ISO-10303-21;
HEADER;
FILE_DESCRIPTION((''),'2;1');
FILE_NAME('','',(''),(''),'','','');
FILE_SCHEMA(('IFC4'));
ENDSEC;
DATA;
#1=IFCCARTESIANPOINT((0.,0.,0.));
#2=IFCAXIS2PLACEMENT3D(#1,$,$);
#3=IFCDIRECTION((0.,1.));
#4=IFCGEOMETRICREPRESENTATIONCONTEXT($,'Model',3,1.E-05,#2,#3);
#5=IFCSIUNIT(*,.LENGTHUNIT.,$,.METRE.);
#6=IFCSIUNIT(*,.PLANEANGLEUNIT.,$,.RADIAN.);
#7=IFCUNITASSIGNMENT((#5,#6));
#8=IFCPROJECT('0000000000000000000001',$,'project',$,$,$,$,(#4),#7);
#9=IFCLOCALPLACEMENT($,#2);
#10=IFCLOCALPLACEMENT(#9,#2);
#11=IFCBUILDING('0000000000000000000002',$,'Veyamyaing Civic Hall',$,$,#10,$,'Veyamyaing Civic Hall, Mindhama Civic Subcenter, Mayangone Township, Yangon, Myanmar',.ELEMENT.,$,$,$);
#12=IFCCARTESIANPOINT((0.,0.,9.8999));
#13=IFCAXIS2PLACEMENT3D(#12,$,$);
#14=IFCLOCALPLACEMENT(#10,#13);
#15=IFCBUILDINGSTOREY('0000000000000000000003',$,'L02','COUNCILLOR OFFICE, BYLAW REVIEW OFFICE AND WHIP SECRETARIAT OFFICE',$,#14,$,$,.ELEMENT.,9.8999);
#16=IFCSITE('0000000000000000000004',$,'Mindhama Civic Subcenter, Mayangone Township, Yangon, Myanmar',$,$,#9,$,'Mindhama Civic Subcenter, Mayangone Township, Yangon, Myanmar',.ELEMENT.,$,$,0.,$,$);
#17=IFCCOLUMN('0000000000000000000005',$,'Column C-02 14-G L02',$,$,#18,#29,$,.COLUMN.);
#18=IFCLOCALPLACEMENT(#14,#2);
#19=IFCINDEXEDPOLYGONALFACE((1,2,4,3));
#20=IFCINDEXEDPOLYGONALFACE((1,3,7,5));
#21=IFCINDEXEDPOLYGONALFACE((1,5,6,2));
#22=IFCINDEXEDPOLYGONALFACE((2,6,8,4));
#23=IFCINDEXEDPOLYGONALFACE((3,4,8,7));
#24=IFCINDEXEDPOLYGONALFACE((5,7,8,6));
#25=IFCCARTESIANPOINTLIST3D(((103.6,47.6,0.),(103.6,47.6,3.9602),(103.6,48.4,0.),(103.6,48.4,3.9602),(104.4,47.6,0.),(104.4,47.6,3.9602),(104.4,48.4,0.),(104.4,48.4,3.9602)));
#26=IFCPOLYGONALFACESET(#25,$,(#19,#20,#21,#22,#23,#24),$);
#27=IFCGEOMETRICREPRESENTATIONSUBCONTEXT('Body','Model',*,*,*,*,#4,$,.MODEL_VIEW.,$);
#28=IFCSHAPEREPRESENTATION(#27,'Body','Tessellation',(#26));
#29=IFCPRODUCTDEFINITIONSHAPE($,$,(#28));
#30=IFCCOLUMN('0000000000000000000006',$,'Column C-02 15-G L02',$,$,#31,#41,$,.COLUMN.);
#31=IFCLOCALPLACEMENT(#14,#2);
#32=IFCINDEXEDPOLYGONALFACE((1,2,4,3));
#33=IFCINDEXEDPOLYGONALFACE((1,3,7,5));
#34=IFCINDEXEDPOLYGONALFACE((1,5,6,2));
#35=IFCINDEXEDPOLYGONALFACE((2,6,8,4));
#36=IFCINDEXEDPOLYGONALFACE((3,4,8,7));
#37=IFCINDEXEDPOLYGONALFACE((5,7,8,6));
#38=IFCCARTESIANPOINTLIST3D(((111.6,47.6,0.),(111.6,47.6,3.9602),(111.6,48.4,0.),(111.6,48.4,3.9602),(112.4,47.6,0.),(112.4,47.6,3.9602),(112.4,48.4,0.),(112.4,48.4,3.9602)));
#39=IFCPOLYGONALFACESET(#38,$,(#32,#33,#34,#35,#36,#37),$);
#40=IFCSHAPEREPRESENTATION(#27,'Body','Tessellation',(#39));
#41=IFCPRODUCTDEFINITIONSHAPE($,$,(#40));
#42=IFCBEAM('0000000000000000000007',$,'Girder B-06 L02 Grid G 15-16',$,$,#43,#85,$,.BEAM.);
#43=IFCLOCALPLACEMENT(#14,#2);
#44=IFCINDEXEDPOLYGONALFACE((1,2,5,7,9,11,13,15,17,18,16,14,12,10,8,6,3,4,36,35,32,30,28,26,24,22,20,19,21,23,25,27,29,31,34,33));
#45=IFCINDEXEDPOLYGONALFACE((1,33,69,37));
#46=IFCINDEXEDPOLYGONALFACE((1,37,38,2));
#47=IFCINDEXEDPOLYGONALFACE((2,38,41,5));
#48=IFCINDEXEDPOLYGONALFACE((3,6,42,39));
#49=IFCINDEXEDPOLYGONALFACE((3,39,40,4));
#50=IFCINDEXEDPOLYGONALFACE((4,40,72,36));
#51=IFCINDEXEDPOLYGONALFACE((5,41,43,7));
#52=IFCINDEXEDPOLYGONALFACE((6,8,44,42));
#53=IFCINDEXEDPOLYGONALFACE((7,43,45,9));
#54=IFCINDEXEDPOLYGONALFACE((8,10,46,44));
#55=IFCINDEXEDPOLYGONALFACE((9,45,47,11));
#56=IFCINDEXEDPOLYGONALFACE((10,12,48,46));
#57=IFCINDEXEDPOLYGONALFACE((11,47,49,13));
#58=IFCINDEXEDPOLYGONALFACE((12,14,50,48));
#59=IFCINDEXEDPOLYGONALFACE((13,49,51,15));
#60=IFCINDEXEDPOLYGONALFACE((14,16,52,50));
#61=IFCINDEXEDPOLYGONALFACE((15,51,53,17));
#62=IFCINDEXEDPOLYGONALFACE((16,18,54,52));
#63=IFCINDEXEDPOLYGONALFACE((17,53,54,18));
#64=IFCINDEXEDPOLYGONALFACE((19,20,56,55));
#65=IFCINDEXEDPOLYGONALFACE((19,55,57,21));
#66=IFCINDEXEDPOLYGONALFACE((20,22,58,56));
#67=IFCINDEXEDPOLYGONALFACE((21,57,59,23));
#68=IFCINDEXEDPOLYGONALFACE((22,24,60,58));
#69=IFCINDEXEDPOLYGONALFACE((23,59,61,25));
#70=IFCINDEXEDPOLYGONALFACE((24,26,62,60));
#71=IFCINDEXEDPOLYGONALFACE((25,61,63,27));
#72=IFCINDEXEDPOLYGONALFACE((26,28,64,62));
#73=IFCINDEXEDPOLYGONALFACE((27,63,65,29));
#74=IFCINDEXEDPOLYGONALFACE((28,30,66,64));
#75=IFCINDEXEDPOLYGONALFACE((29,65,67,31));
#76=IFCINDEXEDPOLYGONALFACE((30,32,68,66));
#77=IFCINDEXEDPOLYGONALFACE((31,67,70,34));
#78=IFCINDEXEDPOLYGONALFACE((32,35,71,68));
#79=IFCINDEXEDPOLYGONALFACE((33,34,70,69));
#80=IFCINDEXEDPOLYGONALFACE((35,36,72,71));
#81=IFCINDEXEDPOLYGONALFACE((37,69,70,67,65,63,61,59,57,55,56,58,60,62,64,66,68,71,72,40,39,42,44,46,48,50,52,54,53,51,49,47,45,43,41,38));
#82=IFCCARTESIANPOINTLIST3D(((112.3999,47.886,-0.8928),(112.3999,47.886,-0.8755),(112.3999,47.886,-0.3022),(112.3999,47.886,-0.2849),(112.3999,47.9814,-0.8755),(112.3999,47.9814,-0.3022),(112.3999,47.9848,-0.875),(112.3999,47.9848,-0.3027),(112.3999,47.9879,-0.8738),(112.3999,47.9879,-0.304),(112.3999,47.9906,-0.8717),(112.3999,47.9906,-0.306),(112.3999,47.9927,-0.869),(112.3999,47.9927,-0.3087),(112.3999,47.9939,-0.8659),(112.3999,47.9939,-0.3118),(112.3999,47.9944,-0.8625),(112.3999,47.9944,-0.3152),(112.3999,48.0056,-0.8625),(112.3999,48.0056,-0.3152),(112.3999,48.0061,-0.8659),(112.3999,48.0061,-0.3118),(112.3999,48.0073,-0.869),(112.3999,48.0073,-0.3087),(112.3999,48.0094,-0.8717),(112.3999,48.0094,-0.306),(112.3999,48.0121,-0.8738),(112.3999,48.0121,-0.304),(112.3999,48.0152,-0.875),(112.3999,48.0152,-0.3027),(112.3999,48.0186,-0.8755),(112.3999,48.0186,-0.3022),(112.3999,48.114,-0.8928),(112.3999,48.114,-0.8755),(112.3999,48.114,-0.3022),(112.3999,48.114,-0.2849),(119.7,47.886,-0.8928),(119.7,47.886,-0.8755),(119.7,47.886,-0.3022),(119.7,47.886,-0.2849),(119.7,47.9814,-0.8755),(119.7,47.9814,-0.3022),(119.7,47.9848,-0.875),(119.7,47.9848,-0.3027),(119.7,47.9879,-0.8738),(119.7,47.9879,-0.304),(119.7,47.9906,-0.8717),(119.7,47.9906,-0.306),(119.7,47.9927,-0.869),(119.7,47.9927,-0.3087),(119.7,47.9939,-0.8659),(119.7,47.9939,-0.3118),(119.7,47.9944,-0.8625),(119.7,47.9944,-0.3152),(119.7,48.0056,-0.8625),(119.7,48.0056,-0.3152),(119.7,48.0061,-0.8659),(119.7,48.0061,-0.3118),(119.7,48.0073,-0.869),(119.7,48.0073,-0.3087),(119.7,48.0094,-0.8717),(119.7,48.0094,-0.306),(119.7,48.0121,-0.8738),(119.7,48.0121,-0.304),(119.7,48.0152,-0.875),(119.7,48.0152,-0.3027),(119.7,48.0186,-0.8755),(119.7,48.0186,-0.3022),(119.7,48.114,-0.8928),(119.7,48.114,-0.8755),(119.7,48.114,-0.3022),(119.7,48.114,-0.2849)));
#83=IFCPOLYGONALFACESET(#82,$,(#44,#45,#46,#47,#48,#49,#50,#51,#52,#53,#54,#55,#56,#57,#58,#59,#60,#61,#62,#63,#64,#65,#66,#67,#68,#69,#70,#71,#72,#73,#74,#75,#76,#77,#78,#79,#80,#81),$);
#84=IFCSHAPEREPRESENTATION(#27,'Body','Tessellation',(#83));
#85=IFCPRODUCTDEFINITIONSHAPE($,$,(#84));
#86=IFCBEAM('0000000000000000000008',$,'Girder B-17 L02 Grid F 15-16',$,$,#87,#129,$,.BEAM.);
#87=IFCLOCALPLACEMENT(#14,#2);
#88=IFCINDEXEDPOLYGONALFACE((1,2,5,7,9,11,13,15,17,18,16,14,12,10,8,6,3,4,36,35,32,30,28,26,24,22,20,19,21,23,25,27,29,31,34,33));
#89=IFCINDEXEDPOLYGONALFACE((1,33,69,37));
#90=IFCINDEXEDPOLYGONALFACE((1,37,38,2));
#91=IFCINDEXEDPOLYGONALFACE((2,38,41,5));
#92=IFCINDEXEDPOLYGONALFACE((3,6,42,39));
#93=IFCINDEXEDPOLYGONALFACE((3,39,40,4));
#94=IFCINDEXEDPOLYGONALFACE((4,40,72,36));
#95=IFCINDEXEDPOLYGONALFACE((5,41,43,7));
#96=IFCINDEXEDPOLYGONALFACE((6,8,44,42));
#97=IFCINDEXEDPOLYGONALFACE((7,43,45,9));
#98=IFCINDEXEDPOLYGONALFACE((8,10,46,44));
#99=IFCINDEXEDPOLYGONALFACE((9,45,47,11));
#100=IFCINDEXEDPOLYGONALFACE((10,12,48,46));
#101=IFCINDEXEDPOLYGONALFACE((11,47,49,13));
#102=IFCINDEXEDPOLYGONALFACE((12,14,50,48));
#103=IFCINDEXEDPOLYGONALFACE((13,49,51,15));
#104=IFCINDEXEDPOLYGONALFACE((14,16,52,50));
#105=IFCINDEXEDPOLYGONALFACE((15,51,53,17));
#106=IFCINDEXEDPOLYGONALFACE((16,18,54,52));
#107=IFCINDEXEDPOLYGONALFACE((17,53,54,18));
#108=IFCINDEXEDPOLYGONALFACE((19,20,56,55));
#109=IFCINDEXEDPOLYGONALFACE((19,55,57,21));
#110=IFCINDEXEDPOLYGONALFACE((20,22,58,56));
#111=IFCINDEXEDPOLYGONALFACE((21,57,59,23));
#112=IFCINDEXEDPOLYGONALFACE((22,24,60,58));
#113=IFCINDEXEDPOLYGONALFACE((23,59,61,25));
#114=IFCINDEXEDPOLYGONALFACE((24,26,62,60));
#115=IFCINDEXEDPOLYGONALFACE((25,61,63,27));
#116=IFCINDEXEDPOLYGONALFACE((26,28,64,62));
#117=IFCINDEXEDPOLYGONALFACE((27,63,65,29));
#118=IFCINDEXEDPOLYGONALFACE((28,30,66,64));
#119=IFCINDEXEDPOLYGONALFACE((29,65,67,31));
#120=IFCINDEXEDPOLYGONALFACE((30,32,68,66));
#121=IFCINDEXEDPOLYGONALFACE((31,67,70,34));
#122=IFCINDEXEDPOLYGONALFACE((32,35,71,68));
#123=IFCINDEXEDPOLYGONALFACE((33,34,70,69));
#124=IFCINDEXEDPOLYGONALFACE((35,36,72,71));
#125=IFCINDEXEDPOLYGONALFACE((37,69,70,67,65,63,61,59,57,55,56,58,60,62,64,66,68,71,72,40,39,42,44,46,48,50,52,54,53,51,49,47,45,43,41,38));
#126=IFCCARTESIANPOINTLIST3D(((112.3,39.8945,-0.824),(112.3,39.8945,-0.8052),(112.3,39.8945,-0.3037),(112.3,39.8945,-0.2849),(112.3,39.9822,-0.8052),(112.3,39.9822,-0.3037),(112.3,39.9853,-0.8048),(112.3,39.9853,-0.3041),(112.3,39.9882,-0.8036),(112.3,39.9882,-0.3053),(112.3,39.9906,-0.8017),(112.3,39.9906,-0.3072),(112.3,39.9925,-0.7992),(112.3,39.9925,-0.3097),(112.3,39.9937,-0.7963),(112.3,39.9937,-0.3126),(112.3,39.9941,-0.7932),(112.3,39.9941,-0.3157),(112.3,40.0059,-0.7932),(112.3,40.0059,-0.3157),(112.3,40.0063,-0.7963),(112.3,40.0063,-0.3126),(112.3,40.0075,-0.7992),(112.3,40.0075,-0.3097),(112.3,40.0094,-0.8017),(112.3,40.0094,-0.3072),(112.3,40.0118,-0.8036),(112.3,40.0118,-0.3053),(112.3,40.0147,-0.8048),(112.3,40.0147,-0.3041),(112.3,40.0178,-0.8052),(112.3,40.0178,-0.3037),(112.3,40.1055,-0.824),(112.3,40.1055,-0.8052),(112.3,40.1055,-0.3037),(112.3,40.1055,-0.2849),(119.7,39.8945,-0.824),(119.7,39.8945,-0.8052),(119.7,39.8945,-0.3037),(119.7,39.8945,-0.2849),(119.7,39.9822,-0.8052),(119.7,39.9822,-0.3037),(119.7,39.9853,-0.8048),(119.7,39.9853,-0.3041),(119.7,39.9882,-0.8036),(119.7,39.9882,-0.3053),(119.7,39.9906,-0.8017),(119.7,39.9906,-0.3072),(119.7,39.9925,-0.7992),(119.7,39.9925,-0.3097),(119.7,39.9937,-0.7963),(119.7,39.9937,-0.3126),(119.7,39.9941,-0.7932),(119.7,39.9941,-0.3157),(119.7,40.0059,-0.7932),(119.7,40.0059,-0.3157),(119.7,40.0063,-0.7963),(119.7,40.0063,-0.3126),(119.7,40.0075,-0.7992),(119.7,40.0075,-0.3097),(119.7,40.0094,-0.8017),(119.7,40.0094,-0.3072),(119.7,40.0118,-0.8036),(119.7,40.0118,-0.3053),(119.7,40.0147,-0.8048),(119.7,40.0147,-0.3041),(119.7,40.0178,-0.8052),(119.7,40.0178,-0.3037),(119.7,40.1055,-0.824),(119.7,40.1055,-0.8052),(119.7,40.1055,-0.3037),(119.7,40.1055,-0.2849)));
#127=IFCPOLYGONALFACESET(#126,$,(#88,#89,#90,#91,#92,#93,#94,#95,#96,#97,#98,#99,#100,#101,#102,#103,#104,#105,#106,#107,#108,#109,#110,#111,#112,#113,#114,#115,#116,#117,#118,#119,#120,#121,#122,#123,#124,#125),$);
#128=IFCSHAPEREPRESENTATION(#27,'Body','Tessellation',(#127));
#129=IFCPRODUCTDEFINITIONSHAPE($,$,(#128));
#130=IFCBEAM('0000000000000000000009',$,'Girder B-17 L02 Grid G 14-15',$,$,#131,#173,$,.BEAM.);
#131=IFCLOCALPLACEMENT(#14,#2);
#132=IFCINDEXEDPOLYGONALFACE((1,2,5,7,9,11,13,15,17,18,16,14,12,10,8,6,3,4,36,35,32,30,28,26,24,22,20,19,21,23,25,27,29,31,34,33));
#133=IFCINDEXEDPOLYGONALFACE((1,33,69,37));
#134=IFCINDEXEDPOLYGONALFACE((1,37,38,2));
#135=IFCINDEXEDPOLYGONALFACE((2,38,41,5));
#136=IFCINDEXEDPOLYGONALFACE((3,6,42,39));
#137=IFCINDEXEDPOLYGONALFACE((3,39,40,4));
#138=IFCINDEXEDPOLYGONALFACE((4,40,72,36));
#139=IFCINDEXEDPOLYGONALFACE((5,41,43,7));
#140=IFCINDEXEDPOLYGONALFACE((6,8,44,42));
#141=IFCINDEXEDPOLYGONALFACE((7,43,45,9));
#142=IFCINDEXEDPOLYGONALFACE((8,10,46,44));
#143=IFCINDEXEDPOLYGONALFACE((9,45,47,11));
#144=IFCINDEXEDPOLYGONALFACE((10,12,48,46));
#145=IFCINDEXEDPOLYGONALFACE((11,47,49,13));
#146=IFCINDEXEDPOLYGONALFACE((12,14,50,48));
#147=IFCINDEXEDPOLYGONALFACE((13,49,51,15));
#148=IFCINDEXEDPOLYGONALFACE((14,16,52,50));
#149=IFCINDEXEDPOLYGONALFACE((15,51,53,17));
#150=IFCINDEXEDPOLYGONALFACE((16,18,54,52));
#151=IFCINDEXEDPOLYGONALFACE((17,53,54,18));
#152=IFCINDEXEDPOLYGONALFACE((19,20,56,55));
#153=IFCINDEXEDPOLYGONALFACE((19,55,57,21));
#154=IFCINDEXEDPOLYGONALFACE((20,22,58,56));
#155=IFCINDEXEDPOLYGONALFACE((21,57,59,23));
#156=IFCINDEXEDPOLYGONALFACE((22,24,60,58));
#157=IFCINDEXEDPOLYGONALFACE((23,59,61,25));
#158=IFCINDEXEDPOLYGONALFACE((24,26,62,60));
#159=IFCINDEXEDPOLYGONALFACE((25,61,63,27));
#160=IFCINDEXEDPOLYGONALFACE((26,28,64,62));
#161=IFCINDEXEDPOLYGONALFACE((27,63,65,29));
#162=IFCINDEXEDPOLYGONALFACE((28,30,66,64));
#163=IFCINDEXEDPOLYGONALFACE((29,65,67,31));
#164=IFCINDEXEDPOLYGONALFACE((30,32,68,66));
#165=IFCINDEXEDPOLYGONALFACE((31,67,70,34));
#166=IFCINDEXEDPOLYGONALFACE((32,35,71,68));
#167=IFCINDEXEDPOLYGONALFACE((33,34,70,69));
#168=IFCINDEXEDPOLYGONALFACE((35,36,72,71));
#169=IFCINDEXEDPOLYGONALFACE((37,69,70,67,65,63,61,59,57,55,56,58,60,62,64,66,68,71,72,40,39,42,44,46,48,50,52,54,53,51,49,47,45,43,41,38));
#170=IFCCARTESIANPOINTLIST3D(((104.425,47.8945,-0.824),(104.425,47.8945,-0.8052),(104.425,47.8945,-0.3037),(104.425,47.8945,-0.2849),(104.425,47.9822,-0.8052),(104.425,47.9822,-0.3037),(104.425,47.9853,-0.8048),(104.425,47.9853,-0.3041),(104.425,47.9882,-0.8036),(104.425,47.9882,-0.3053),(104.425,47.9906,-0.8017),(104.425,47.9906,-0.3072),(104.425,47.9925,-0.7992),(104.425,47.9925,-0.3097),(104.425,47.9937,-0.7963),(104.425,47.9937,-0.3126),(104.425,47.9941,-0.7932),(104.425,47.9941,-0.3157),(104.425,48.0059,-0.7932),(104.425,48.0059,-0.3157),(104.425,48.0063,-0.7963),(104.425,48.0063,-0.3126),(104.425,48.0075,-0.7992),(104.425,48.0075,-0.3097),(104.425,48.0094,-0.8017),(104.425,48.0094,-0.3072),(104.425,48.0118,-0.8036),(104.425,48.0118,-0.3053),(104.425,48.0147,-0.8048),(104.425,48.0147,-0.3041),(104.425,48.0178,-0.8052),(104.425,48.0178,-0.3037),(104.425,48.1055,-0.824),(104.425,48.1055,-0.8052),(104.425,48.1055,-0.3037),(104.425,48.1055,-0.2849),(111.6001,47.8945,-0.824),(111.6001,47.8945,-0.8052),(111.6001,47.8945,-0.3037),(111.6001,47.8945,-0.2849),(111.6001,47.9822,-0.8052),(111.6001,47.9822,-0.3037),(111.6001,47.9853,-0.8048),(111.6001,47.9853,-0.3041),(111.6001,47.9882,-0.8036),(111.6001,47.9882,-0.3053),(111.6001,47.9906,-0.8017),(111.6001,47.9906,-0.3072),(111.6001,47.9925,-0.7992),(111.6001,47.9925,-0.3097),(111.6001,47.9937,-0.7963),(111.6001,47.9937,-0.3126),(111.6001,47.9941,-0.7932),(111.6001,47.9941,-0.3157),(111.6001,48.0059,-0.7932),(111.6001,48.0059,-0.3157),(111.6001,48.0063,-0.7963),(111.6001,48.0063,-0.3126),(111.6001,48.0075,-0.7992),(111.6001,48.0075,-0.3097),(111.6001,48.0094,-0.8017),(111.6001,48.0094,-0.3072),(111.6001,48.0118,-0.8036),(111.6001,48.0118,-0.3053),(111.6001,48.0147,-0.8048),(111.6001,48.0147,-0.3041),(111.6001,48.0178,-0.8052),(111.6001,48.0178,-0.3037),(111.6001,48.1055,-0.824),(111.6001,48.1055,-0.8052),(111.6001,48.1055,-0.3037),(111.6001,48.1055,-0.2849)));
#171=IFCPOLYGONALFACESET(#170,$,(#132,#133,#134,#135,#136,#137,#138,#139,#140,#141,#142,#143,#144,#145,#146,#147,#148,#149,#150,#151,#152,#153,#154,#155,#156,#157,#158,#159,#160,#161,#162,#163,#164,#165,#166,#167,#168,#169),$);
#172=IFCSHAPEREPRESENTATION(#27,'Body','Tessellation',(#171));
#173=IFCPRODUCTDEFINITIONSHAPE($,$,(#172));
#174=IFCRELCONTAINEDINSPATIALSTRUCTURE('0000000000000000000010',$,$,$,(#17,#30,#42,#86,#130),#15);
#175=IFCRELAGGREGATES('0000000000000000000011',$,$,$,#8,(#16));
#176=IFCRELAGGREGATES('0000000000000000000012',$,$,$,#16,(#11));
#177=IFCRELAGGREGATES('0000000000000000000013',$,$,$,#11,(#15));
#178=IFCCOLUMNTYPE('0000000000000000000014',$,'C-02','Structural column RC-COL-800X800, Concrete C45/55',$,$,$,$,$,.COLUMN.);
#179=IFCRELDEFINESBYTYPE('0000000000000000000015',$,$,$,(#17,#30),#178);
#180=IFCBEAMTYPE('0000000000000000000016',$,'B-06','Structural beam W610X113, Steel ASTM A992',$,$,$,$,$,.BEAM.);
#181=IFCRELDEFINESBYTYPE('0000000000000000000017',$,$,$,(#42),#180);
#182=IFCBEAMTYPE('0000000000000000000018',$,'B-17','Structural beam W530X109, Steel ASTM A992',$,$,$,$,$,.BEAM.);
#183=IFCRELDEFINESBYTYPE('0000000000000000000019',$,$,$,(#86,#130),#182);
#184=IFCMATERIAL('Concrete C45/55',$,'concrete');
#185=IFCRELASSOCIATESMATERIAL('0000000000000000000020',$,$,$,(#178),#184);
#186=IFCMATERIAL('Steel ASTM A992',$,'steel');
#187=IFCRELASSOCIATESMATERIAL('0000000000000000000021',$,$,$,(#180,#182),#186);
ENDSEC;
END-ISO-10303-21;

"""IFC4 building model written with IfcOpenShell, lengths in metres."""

from ifc_helpers import new_model, si_unit, direction, frame, origin, origin_2d, place, context, subcontext, project, spatial, rectangle, i_section, extrude, material, material_profile, profile_set, type_object, element, save


model = new_model("IFC4")

# Units and contexts
model_context = context("Model", 3, precision=1e-05, world=origin(), true_north=direction((0.0, 1.0)))
body_context = subcontext(model_context, "Body", "Model", "MODEL_VIEW")
ifc_project = project(units=[si_unit("LENGTHUNIT", "METRE"), si_unit("PLANEANGLEUNIT", "RADIAN")], contexts=[model_context])

# Site, building, storey
site_placement = place(None, origin())
site = spatial("IfcSite", under=ifc_project, at=site_placement, Name="Mindhama Civic Subcenter, Mayangone Township, Yangon, Myanmar", LongName="Mindhama Civic Subcenter, Mayangone Township, Yangon, Myanmar", CompositionType="ELEMENT", RefElevation=0.0)
building_placement = place(site_placement, origin())
building = spatial("IfcBuilding", under=site, at=building_placement, Name="Veyamyaing Civic Hall", LongName="Veyamyaing Civic Hall, Mindhama Civic Subcenter, Mayangone Township, Yangon, Myanmar", CompositionType="ELEMENT")
storey_placement = place(building_placement, frame((0.0, 0.0, 9.8999)))
storey = spatial("IfcBuildingStorey", under=building, at=storey_placement, Name="L02", Description="COUNCILLOR OFFICE, BYLAW REVIEW OFFICE AND WHIP SECRETARIAT OFFICE", CompositionType="ELEMENT", Elevation=9.8999)

# Columns
ifc_material_1 = material(Name="Concrete C45/55", Category="concrete")
ifc_material_profile_1 = material_profile(ifc_material_1, rectangle(XDim=0.8, YDim=0.8, at=origin_2d()), Name="RC-COL-800X800")
ifc_profile_set_1 = profile_set([ifc_material_profile_1], Name="Concrete C45/55")
column_type = type_object("IfcColumnType", Name="C-02", Description="Structural column RC-COL-800X800, Concrete C45/55", PredefinedType="COLUMN", material=ifc_profile_set_1)
for number, where, z_axis, x_axis, name in (
    (1, (104.0, 48.0, 0.0), (0.0, 0.0, 1.0), (1.0, 0.0, 0.0), "Column C-02 14-G L02"),
    (2, (112.0, 48.0, 0.0), (0.0, 0.0, 1.0), (1.0, 0.0, 0.0), "Column C-02 15-G L02"),
):
    element("IfcColumn", number, at=place(storey_placement, frame(where, z_axis=z_axis, x_axis=x_axis)), inside=storey, type_object=column_type, Name=name, PredefinedType="COLUMN", context=body_context, shape_type="SweptSolid", body=[
        extrude(rectangle(XDim=0.8, YDim=0.8, at=origin_2d()), origin(), (0.0, 0.0, 1.0), 3.9602),
    ])

# Beams
ifc_material_2 = material(Name="Steel ASTM A992", Category="steel")
ifc_material_profile_2 = material_profile(ifc_material_2, i_section(OverallWidth=0.228, OverallDepth=0.6079, WebThickness=0.0112, FlangeThickness=0.0173, FilletRadius=0.0129, at=origin_2d()), Name="W610X113")
ifc_profile_set_2 = profile_set([ifc_material_profile_2], Name="Steel ASTM A992")
beam_type_1 = type_object("IfcBeamType", Name="B-06", Description="Structural beam W610X113, Steel ASTM A992", PredefinedType="BEAM", material=ifc_profile_set_2)
beam_1_placement = place(storey_placement, frame((112.3999, 48.0, -0.5889), z_axis=(1.0, 0.0, 0.0), x_axis=(0.0, 1.0, 0.0)))
element("IfcBeam", 3, at=beam_1_placement, inside=storey, type_object=beam_type_1, Name="Girder B-06 L02 Grid G 15-16", PredefinedType="BEAM", context=body_context, shape_type="SweptSolid", body=[
    extrude(i_section(OverallWidth=0.228, OverallDepth=0.6079, WebThickness=0.0112, FlangeThickness=0.0173, FilletRadius=0.0129, at=origin_2d()), origin(), (0.0, 0.0, 1.0), 7.3),
])
ifc_material_profile_3 = material_profile(ifc_material_2, i_section(OverallWidth=0.2109, OverallDepth=0.5391, WebThickness=0.0117, FlangeThickness=0.0188, FilletRadius=0.012, at=origin_2d()), Name="W530X109")
ifc_profile_set_3 = profile_set([ifc_material_profile_3], Name="Steel ASTM A992")
beam_type_2 = type_object("IfcBeamType", Name="B-17", Description="Structural beam W530X109, Steel ASTM A992", PredefinedType="BEAM", material=ifc_profile_set_3)
beam_2_placement = place(storey_placement, frame((112.3, 40.0, -0.5544), z_axis=(1.0, 0.0, 0.0), x_axis=(0.0, 1.0, 0.0)))
element("IfcBeam", 4, at=beam_2_placement, inside=storey, type_object=beam_type_2, Name="Girder B-17 L02 Grid F 15-16", PredefinedType="BEAM", context=body_context, shape_type="SweptSolid", body=[
    extrude(i_section(OverallWidth=0.2109, OverallDepth=0.5391, WebThickness=0.0117, FlangeThickness=0.0188, FilletRadius=0.012, at=origin_2d()), origin(), (0.0, 0.0, 1.0), 7.3999),
])
beam_3_placement = place(storey_placement, frame((104.425, 48.0, -0.5544), z_axis=(1.0, 0.0, 0.0), x_axis=(0.0, 1.0, 0.0)))
element("IfcBeam", 5, at=beam_3_placement, inside=storey, type_object=beam_type_2, Name="Girder B-17 L02 Grid G 14-15", PredefinedType="BEAM", context=body_context, shape_type="SweptSolid", body=[
    extrude(i_section(OverallWidth=0.2109, OverallDepth=0.5391, WebThickness=0.0117, FlangeThickness=0.0188, FilletRadius=0.012, at=origin_2d()), origin(), (0.0, 0.0, 1.0), 7.175),
])

save(model, "model.ifc")
